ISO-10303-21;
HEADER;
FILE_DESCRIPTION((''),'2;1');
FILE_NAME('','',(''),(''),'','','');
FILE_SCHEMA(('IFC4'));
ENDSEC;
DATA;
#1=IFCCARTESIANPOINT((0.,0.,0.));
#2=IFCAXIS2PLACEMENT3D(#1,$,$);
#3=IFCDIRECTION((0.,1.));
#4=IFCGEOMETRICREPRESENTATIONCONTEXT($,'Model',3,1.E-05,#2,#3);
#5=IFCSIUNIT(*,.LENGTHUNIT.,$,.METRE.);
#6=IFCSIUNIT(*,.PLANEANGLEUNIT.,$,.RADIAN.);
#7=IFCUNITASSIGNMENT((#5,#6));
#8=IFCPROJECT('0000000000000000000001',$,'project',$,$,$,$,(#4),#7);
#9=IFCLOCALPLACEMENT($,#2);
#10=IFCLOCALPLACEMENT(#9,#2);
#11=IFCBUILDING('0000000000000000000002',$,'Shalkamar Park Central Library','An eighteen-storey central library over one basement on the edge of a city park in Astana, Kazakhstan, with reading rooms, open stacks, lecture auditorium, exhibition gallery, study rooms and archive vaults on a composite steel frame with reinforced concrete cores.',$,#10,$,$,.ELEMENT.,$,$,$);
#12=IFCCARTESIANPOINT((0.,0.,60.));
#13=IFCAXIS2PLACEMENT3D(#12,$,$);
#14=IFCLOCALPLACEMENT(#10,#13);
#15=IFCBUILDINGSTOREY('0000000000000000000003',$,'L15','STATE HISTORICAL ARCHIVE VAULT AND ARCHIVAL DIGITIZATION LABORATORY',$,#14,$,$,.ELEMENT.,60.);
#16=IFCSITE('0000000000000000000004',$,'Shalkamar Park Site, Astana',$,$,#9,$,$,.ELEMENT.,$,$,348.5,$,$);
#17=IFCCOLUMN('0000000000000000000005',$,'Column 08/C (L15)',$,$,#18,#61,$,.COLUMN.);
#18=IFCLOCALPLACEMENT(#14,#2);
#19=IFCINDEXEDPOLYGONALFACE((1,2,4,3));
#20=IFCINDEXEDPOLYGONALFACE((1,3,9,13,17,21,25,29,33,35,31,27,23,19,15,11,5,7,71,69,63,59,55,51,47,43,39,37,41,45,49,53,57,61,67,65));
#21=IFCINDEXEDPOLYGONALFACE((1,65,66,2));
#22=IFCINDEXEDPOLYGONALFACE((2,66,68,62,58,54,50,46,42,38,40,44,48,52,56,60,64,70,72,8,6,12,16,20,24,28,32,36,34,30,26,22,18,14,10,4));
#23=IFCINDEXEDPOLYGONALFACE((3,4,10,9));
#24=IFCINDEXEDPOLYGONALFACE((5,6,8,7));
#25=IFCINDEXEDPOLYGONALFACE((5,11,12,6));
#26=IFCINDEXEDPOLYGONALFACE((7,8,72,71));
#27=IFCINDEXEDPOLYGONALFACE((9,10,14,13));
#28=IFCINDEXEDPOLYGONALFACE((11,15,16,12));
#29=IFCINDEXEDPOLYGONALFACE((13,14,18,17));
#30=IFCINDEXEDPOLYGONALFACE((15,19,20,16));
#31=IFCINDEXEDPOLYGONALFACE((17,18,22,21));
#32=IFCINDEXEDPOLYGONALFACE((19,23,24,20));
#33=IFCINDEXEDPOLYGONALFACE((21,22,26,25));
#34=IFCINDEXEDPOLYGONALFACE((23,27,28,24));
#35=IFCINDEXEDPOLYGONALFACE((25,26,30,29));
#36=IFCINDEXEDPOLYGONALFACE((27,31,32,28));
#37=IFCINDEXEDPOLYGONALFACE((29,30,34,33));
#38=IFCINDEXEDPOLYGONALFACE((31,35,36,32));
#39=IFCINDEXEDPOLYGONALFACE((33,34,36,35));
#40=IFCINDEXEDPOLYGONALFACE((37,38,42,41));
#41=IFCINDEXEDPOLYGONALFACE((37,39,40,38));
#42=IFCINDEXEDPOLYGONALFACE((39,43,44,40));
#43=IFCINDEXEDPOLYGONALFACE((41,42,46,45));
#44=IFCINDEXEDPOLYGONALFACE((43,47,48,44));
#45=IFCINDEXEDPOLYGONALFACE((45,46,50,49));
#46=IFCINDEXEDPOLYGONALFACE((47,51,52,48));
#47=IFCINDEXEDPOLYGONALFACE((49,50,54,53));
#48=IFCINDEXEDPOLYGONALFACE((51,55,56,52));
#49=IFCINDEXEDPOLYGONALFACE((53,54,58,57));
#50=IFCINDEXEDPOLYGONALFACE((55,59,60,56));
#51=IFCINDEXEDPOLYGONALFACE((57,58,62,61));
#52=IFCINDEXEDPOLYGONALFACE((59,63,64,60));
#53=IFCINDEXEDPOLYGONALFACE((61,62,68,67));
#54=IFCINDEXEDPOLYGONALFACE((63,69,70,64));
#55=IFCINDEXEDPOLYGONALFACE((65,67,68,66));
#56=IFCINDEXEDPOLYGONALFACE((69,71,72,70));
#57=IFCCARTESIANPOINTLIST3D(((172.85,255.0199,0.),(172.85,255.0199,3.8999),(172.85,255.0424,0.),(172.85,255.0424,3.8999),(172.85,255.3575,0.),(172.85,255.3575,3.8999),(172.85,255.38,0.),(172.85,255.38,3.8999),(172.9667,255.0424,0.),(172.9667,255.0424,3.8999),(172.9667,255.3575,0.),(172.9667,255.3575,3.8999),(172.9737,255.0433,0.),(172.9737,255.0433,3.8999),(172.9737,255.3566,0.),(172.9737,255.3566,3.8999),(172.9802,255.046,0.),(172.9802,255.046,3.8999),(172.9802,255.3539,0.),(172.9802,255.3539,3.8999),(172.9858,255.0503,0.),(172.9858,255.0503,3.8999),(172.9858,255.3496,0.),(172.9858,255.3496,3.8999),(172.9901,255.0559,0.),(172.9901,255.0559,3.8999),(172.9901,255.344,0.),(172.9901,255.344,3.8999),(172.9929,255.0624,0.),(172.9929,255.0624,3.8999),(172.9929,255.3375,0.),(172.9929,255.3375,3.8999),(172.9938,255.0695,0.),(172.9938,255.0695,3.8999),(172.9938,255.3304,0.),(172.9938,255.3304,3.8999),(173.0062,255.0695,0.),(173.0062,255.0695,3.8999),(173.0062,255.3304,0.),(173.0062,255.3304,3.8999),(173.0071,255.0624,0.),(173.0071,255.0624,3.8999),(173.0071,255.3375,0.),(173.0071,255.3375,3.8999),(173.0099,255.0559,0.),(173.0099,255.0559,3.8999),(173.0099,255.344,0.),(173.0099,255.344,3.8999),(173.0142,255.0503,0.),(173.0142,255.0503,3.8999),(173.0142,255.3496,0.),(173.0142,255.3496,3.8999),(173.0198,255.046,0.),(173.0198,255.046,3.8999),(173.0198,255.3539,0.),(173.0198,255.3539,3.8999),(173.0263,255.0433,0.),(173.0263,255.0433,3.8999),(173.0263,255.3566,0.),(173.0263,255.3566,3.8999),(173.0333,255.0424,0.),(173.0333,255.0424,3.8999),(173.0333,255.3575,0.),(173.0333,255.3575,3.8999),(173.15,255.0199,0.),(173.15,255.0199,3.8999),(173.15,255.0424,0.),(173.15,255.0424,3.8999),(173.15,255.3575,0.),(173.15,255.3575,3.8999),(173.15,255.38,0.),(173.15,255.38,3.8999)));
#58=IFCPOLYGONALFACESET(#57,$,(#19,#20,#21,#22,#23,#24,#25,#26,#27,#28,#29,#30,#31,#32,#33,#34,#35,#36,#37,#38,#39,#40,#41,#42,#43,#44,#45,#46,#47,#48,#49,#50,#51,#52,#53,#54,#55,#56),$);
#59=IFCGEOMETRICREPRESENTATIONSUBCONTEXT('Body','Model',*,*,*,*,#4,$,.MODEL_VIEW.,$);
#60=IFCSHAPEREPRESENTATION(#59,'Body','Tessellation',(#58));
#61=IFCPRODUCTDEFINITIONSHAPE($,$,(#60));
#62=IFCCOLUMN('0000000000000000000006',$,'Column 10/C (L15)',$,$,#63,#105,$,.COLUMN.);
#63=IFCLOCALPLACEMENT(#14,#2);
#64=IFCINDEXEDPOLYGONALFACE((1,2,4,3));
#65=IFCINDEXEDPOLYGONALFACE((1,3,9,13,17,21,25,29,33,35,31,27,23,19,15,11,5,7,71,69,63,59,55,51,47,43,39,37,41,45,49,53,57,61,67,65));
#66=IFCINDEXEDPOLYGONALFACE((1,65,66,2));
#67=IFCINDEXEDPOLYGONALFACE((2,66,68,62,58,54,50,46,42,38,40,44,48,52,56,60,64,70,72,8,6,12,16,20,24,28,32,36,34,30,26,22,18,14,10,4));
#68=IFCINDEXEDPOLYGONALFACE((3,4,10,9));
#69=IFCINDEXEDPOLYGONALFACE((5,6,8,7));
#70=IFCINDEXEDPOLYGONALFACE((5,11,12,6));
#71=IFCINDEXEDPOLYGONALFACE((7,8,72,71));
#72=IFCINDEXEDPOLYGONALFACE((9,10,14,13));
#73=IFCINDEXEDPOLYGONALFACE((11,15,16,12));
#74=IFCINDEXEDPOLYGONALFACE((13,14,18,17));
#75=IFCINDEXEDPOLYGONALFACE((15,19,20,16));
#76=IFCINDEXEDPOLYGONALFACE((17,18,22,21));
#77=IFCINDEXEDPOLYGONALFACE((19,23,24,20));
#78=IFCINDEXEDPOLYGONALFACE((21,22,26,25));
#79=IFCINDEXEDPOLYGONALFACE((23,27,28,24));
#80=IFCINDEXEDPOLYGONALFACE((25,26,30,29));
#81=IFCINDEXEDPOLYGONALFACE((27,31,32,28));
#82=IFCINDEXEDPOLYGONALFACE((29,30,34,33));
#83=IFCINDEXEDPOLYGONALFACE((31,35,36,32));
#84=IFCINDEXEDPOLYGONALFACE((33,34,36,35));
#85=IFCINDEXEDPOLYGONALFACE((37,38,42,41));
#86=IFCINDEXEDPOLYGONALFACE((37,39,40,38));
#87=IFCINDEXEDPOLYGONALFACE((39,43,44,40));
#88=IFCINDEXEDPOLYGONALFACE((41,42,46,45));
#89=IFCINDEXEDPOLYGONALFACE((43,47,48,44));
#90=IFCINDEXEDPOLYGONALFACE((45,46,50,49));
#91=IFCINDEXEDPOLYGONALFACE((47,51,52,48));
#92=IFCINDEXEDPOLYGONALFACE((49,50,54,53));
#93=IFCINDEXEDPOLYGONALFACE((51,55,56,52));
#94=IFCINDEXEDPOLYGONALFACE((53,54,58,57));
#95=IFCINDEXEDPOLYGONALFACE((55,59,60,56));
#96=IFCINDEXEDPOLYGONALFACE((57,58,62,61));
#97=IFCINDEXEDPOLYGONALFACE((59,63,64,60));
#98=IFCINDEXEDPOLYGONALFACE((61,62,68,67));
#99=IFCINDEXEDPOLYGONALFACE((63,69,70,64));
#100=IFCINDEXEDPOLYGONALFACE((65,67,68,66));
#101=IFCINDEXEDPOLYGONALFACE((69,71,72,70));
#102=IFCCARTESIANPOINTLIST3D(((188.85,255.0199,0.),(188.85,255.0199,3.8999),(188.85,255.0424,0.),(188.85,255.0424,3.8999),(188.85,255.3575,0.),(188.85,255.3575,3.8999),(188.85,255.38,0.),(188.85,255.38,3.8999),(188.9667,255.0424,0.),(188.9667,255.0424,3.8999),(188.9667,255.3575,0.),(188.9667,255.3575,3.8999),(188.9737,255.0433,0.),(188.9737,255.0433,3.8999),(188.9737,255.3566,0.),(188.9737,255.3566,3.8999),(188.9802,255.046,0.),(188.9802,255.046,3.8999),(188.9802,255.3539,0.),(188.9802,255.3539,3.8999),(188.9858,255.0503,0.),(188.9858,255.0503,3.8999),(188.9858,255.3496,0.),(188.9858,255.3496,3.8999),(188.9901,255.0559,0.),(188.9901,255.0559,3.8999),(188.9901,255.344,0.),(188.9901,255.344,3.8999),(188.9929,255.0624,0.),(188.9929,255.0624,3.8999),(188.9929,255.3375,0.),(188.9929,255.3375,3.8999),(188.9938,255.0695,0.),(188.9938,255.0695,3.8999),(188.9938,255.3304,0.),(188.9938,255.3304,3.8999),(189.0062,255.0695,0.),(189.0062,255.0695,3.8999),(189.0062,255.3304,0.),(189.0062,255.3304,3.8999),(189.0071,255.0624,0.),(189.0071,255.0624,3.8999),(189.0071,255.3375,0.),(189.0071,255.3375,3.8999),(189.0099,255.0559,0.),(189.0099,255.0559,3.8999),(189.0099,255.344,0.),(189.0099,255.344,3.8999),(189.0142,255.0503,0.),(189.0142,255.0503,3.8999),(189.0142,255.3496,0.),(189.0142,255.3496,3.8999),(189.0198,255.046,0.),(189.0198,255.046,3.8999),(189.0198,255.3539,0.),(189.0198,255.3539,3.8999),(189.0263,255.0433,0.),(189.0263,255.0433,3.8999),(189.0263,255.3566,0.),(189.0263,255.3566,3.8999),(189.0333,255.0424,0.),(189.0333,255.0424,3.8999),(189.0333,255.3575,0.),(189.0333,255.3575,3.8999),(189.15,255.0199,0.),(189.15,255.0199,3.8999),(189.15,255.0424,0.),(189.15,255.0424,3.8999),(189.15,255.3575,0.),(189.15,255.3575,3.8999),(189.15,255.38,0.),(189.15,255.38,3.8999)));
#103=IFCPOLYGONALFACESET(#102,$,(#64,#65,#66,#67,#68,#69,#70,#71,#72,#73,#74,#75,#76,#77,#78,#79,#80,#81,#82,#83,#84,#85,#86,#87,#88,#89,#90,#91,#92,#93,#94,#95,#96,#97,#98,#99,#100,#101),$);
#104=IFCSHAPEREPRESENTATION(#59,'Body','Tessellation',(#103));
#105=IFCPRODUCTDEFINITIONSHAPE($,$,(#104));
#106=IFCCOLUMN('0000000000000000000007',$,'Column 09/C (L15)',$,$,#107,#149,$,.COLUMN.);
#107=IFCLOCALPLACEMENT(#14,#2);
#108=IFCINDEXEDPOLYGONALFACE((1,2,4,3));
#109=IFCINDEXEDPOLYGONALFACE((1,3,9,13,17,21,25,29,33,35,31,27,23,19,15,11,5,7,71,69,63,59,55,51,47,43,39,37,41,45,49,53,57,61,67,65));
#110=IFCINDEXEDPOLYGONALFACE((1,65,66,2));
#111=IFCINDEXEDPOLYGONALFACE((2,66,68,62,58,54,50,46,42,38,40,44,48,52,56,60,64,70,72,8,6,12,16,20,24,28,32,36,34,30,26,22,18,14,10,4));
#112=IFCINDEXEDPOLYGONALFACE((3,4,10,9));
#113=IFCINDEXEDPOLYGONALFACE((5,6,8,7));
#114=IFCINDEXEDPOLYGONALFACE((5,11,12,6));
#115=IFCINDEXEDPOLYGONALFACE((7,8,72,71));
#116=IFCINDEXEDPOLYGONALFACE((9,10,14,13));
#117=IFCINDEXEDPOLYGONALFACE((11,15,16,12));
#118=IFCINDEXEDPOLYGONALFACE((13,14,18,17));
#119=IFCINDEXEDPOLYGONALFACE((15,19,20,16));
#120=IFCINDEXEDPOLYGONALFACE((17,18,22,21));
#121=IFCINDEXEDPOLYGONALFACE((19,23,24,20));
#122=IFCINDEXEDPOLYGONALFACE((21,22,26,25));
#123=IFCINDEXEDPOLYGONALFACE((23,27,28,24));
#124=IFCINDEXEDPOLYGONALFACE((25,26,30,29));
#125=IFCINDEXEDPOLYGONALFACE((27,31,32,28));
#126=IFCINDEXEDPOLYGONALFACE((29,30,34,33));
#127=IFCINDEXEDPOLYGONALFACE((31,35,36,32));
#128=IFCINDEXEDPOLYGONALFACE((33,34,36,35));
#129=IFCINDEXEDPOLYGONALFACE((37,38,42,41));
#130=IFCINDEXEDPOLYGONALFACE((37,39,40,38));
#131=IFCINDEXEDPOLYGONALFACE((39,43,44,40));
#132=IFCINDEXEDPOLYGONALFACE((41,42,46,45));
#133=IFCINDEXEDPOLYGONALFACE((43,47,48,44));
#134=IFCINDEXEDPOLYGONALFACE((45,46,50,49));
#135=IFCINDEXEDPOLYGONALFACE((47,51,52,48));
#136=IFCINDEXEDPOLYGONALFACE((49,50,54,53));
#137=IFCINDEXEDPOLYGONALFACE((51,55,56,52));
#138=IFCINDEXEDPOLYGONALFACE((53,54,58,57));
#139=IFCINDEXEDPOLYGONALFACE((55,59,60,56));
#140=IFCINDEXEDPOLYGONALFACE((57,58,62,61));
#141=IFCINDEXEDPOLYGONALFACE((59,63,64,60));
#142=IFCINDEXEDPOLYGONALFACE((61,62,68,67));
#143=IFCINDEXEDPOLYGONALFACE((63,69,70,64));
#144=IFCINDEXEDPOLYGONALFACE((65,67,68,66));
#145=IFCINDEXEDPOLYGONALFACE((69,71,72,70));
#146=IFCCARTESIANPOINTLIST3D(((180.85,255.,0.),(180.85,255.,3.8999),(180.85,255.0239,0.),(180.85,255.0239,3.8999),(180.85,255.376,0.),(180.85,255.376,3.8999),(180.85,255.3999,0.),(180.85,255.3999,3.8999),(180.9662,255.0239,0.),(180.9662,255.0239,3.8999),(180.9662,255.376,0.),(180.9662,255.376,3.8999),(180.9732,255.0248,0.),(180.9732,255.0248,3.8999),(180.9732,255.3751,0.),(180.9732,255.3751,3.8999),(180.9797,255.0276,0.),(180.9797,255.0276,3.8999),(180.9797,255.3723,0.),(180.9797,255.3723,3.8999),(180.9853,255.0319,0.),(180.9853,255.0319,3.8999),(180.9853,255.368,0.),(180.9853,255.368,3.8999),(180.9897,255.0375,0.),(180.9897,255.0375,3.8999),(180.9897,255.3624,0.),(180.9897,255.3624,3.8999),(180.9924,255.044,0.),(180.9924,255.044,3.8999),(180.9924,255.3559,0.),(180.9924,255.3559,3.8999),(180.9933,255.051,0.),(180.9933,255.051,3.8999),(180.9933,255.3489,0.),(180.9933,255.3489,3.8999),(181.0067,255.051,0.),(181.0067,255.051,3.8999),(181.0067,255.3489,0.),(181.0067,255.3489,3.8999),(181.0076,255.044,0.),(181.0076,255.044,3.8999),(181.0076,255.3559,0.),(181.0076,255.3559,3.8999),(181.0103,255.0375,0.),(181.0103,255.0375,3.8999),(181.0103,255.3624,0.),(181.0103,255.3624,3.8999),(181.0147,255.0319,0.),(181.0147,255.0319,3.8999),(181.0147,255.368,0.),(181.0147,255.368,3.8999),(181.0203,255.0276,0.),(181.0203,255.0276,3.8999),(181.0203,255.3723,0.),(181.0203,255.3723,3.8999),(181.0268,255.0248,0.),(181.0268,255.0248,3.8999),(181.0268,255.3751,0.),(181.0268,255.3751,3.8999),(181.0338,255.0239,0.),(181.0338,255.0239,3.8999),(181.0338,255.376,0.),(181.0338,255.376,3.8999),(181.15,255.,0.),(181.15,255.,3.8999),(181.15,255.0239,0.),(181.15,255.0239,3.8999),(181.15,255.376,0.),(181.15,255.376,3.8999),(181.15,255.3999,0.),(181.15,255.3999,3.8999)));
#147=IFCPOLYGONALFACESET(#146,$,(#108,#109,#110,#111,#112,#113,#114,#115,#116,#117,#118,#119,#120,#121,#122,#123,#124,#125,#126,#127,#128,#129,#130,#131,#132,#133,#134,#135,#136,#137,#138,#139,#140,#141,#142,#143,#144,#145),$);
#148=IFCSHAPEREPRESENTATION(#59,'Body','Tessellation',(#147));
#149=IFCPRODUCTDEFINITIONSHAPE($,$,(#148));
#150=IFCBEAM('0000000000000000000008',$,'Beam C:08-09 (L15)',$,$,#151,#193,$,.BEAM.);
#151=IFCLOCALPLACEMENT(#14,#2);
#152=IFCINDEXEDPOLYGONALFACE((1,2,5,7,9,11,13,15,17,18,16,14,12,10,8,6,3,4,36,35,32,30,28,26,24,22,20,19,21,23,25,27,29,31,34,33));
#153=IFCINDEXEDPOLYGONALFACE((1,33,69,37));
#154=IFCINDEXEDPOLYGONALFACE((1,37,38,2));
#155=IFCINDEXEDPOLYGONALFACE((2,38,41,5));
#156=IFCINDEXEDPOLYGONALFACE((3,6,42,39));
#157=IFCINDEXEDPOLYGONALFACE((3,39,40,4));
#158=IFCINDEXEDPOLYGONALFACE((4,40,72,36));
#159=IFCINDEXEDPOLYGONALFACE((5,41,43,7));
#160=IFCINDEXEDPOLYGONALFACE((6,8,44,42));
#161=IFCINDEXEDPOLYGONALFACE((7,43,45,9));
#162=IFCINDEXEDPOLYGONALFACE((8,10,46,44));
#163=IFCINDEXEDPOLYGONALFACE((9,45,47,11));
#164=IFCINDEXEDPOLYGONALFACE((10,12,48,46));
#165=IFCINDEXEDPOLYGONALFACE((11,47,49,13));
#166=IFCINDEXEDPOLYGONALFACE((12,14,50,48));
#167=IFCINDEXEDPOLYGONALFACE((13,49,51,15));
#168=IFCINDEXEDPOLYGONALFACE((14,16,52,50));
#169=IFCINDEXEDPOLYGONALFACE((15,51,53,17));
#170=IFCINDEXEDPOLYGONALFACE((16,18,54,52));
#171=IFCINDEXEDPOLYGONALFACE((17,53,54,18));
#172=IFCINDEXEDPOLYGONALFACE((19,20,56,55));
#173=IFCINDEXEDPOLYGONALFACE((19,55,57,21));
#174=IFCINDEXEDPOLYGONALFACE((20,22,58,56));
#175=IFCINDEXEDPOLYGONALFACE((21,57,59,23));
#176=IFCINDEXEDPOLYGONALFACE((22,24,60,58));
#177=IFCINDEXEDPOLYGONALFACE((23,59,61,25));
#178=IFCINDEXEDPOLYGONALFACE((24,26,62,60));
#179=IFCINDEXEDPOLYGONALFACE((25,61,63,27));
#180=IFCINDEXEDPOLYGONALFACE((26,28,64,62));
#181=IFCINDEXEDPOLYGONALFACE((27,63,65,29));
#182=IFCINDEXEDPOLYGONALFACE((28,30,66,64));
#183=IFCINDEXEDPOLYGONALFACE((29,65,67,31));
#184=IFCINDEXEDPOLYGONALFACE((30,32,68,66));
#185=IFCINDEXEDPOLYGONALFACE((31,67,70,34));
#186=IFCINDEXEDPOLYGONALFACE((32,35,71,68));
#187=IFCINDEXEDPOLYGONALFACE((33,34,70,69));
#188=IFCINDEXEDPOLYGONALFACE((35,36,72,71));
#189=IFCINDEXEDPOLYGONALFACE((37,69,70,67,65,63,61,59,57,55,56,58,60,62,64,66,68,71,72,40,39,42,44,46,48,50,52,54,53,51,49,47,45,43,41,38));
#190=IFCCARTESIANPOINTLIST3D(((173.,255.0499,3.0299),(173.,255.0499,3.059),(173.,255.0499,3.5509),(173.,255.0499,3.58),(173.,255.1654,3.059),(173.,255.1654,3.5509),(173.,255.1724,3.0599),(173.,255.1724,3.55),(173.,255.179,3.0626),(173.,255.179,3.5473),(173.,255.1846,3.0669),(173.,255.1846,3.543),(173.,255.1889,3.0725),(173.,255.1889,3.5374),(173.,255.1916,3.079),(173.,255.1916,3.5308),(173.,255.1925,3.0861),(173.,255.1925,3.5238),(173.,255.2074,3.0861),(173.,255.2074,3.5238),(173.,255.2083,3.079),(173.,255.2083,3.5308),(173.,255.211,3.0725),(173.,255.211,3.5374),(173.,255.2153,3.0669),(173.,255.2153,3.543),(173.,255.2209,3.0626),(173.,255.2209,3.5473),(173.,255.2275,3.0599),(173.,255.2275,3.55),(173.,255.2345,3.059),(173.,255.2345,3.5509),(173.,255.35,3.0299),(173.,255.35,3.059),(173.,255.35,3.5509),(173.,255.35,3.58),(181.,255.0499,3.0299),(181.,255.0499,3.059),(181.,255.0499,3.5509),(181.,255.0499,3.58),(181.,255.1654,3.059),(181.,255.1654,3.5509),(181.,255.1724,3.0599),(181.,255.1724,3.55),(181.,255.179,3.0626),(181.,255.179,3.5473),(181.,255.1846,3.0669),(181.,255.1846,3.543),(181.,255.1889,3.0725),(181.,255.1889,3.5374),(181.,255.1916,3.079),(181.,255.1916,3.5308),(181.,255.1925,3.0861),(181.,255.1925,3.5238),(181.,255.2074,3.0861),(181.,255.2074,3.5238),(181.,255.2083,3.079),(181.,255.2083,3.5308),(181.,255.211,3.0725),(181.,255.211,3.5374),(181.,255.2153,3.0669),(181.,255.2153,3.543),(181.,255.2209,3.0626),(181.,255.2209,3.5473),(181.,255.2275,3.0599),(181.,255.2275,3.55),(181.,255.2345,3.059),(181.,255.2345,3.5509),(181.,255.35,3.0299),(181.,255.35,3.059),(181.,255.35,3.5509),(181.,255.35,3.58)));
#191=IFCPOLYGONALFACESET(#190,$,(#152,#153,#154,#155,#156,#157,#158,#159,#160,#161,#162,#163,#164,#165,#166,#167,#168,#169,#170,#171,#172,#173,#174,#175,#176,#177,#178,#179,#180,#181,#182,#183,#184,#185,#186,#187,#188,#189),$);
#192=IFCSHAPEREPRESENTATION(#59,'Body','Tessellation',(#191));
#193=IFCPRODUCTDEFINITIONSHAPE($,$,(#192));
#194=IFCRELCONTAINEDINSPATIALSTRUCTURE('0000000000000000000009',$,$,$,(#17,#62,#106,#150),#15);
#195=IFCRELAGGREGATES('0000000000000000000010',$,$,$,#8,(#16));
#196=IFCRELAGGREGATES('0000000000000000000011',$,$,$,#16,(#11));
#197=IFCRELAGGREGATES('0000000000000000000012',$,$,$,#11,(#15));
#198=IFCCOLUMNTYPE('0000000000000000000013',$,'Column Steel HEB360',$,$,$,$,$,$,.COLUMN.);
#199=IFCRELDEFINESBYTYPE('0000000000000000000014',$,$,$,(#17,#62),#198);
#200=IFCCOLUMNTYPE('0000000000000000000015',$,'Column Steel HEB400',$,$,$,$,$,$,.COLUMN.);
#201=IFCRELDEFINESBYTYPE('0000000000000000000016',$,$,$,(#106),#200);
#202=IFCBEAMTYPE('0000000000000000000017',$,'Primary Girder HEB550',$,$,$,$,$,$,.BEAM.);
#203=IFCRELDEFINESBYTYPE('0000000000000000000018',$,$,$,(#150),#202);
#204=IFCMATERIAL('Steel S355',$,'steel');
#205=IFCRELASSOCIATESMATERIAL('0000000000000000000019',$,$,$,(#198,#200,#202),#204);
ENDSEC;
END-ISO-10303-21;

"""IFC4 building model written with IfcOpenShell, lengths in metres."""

from ifc_helpers import new_model, si_unit, direction, frame, origin, origin_2d, place, context, subcontext, project, spatial, i_section, extrude, material, material_profile, profile_set, type_object, element, save


model = new_model("IFC4")

# Units and contexts
model_context = context("Model", 3, precision=1e-05, world=origin(), true_north=direction((0.0, 1.0)))
body_context = subcontext(model_context, "Body", "Model", "MODEL_VIEW")
ifc_project = project(units=[si_unit("LENGTHUNIT", "METRE"), si_unit("PLANEANGLEUNIT", "RADIAN")], contexts=[model_context])

# Site, building, storey
site_placement = place(None, origin())
site = spatial("IfcSite", under=ifc_project, at=site_placement, Name="Shalkamar Park Site, Astana", CompositionType="ELEMENT", RefElevation=348.5)
building_placement = place(site_placement, origin())
building = spatial("IfcBuilding", under=site, at=building_placement, Name="Shalkamar Park Central Library", Description="An eighteen-storey central library over one basement on the edge of a city park in Astana, Kazakhstan, with reading rooms, open stacks, lecture auditorium, exhibition gallery, study rooms and archive vaults on a composite steel frame with reinforced concrete cores.", CompositionType="ELEMENT")
storey_placement = place(building_placement, frame((0.0, 0.0, 60.0)))
storey = spatial("IfcBuildingStorey", under=building, at=storey_placement, Name="L15", Description="STATE HISTORICAL ARCHIVE VAULT AND ARCHIVAL DIGITIZATION LABORATORY", CompositionType="ELEMENT", Elevation=60.0)

# Columns
ifc_material_1 = material(Name="Steel S355", Category="steel")
ifc_material_profile_1 = material_profile(ifc_material_1, i_section(OverallWidth=0.3, OverallDepth=0.3601, WebThickness=0.0125, FlangeThickness=0.0225, FilletRadius=0.0271, at=origin_2d()), Name="HEB 360")
ifc_profile_set_1 = profile_set([ifc_material_profile_1], Name="Steel S355")
column_type_1 = type_object("IfcColumnType", Name="Column Steel HEB360", PredefinedType="COLUMN", material=ifc_profile_set_1)
for number, where, z_axis, x_axis, name in (
    (1, (173.0, 255.2, 0.0), (0.0, 0.0, 1.0), (1.0, 0.0, 0.0), "Column 08/C (L15)"),
    (2, (189.0, 255.2, 0.0), (0.0, 0.0, 1.0), (1.0, 0.0, 0.0), "Column 10/C (L15)"),
):
    element("IfcColumn", number, at=place(storey_placement, frame(where, z_axis=z_axis, x_axis=x_axis)), inside=storey, type_object=column_type_1, Name=name, PredefinedType="COLUMN", context=body_context, shape_type="SweptSolid", body=[
        extrude(i_section(OverallWidth=0.3, OverallDepth=0.3601, WebThickness=0.0125, FlangeThickness=0.0225, FilletRadius=0.0271, at=origin_2d()), origin(), (0.0, 0.0, 1.0), 3.8999),
    ])
ifc_material_profile_2 = material_profile(ifc_material_1, i_section(OverallWidth=0.3, OverallDepth=0.3999, WebThickness=0.0134, FlangeThickness=0.0239, FilletRadius=0.0271, at=origin_2d()), Name="HEB 400")
ifc_profile_set_2 = profile_set([ifc_material_profile_2], Name="Steel S355")
column_type_2 = type_object("IfcColumnType", Name="Column Steel HEB400", PredefinedType="COLUMN", material=ifc_profile_set_2)
column_placement = place(storey_placement, frame((181.0, 255.2, 0.0), z_axis=(0.0, 0.0, 1.0), x_axis=(1.0, 0.0, 0.0)))
element("IfcColumn", 3, at=column_placement, inside=storey, type_object=column_type_2, Name="Column 09/C (L15)", PredefinedType="COLUMN", context=body_context, shape_type="SweptSolid", body=[
    extrude(i_section(OverallWidth=0.3, OverallDepth=0.3999, WebThickness=0.0134, FlangeThickness=0.0239, FilletRadius=0.0271, at=origin_2d()), origin(), (0.0, 0.0, 1.0), 3.8999),
])

# Beam
ifc_material_profile_3 = material_profile(ifc_material_1, i_section(OverallWidth=0.3, OverallDepth=0.55, WebThickness=0.0149, FlangeThickness=0.0291, FilletRadius=0.0271, at=origin_2d()), Name="HEB 550")
ifc_profile_set_3 = profile_set([ifc_material_profile_3], Name="Steel S355")
beam_type_1 = type_object("IfcBeamType", Name="Primary Girder HEB550", PredefinedType="BEAM", material=ifc_profile_set_3)
for number, where, z_axis, x_axis, name in (
    (4, (173.0, 255.2, 3.3049), (1.0, 0.0, 0.0), (0.0, 1.0, 0.0), "Beam C:08-09 (L15)"),
):
    element("IfcBeam", number, at=place(storey_placement, frame(where, z_axis=z_axis, x_axis=x_axis)), inside=storey, type_object=beam_type_1, Name=name, PredefinedType="BEAM", context=body_context, shape_type="SweptSolid", body=[
        extrude(i_section(OverallWidth=0.3, OverallDepth=0.55, WebThickness=0.0149, FlangeThickness=0.0291, FilletRadius=0.0271, at=origin_2d()), origin(), (0.0, 0.0, 1.0), 8.0),
    ])

save(model, "model.ifc")
